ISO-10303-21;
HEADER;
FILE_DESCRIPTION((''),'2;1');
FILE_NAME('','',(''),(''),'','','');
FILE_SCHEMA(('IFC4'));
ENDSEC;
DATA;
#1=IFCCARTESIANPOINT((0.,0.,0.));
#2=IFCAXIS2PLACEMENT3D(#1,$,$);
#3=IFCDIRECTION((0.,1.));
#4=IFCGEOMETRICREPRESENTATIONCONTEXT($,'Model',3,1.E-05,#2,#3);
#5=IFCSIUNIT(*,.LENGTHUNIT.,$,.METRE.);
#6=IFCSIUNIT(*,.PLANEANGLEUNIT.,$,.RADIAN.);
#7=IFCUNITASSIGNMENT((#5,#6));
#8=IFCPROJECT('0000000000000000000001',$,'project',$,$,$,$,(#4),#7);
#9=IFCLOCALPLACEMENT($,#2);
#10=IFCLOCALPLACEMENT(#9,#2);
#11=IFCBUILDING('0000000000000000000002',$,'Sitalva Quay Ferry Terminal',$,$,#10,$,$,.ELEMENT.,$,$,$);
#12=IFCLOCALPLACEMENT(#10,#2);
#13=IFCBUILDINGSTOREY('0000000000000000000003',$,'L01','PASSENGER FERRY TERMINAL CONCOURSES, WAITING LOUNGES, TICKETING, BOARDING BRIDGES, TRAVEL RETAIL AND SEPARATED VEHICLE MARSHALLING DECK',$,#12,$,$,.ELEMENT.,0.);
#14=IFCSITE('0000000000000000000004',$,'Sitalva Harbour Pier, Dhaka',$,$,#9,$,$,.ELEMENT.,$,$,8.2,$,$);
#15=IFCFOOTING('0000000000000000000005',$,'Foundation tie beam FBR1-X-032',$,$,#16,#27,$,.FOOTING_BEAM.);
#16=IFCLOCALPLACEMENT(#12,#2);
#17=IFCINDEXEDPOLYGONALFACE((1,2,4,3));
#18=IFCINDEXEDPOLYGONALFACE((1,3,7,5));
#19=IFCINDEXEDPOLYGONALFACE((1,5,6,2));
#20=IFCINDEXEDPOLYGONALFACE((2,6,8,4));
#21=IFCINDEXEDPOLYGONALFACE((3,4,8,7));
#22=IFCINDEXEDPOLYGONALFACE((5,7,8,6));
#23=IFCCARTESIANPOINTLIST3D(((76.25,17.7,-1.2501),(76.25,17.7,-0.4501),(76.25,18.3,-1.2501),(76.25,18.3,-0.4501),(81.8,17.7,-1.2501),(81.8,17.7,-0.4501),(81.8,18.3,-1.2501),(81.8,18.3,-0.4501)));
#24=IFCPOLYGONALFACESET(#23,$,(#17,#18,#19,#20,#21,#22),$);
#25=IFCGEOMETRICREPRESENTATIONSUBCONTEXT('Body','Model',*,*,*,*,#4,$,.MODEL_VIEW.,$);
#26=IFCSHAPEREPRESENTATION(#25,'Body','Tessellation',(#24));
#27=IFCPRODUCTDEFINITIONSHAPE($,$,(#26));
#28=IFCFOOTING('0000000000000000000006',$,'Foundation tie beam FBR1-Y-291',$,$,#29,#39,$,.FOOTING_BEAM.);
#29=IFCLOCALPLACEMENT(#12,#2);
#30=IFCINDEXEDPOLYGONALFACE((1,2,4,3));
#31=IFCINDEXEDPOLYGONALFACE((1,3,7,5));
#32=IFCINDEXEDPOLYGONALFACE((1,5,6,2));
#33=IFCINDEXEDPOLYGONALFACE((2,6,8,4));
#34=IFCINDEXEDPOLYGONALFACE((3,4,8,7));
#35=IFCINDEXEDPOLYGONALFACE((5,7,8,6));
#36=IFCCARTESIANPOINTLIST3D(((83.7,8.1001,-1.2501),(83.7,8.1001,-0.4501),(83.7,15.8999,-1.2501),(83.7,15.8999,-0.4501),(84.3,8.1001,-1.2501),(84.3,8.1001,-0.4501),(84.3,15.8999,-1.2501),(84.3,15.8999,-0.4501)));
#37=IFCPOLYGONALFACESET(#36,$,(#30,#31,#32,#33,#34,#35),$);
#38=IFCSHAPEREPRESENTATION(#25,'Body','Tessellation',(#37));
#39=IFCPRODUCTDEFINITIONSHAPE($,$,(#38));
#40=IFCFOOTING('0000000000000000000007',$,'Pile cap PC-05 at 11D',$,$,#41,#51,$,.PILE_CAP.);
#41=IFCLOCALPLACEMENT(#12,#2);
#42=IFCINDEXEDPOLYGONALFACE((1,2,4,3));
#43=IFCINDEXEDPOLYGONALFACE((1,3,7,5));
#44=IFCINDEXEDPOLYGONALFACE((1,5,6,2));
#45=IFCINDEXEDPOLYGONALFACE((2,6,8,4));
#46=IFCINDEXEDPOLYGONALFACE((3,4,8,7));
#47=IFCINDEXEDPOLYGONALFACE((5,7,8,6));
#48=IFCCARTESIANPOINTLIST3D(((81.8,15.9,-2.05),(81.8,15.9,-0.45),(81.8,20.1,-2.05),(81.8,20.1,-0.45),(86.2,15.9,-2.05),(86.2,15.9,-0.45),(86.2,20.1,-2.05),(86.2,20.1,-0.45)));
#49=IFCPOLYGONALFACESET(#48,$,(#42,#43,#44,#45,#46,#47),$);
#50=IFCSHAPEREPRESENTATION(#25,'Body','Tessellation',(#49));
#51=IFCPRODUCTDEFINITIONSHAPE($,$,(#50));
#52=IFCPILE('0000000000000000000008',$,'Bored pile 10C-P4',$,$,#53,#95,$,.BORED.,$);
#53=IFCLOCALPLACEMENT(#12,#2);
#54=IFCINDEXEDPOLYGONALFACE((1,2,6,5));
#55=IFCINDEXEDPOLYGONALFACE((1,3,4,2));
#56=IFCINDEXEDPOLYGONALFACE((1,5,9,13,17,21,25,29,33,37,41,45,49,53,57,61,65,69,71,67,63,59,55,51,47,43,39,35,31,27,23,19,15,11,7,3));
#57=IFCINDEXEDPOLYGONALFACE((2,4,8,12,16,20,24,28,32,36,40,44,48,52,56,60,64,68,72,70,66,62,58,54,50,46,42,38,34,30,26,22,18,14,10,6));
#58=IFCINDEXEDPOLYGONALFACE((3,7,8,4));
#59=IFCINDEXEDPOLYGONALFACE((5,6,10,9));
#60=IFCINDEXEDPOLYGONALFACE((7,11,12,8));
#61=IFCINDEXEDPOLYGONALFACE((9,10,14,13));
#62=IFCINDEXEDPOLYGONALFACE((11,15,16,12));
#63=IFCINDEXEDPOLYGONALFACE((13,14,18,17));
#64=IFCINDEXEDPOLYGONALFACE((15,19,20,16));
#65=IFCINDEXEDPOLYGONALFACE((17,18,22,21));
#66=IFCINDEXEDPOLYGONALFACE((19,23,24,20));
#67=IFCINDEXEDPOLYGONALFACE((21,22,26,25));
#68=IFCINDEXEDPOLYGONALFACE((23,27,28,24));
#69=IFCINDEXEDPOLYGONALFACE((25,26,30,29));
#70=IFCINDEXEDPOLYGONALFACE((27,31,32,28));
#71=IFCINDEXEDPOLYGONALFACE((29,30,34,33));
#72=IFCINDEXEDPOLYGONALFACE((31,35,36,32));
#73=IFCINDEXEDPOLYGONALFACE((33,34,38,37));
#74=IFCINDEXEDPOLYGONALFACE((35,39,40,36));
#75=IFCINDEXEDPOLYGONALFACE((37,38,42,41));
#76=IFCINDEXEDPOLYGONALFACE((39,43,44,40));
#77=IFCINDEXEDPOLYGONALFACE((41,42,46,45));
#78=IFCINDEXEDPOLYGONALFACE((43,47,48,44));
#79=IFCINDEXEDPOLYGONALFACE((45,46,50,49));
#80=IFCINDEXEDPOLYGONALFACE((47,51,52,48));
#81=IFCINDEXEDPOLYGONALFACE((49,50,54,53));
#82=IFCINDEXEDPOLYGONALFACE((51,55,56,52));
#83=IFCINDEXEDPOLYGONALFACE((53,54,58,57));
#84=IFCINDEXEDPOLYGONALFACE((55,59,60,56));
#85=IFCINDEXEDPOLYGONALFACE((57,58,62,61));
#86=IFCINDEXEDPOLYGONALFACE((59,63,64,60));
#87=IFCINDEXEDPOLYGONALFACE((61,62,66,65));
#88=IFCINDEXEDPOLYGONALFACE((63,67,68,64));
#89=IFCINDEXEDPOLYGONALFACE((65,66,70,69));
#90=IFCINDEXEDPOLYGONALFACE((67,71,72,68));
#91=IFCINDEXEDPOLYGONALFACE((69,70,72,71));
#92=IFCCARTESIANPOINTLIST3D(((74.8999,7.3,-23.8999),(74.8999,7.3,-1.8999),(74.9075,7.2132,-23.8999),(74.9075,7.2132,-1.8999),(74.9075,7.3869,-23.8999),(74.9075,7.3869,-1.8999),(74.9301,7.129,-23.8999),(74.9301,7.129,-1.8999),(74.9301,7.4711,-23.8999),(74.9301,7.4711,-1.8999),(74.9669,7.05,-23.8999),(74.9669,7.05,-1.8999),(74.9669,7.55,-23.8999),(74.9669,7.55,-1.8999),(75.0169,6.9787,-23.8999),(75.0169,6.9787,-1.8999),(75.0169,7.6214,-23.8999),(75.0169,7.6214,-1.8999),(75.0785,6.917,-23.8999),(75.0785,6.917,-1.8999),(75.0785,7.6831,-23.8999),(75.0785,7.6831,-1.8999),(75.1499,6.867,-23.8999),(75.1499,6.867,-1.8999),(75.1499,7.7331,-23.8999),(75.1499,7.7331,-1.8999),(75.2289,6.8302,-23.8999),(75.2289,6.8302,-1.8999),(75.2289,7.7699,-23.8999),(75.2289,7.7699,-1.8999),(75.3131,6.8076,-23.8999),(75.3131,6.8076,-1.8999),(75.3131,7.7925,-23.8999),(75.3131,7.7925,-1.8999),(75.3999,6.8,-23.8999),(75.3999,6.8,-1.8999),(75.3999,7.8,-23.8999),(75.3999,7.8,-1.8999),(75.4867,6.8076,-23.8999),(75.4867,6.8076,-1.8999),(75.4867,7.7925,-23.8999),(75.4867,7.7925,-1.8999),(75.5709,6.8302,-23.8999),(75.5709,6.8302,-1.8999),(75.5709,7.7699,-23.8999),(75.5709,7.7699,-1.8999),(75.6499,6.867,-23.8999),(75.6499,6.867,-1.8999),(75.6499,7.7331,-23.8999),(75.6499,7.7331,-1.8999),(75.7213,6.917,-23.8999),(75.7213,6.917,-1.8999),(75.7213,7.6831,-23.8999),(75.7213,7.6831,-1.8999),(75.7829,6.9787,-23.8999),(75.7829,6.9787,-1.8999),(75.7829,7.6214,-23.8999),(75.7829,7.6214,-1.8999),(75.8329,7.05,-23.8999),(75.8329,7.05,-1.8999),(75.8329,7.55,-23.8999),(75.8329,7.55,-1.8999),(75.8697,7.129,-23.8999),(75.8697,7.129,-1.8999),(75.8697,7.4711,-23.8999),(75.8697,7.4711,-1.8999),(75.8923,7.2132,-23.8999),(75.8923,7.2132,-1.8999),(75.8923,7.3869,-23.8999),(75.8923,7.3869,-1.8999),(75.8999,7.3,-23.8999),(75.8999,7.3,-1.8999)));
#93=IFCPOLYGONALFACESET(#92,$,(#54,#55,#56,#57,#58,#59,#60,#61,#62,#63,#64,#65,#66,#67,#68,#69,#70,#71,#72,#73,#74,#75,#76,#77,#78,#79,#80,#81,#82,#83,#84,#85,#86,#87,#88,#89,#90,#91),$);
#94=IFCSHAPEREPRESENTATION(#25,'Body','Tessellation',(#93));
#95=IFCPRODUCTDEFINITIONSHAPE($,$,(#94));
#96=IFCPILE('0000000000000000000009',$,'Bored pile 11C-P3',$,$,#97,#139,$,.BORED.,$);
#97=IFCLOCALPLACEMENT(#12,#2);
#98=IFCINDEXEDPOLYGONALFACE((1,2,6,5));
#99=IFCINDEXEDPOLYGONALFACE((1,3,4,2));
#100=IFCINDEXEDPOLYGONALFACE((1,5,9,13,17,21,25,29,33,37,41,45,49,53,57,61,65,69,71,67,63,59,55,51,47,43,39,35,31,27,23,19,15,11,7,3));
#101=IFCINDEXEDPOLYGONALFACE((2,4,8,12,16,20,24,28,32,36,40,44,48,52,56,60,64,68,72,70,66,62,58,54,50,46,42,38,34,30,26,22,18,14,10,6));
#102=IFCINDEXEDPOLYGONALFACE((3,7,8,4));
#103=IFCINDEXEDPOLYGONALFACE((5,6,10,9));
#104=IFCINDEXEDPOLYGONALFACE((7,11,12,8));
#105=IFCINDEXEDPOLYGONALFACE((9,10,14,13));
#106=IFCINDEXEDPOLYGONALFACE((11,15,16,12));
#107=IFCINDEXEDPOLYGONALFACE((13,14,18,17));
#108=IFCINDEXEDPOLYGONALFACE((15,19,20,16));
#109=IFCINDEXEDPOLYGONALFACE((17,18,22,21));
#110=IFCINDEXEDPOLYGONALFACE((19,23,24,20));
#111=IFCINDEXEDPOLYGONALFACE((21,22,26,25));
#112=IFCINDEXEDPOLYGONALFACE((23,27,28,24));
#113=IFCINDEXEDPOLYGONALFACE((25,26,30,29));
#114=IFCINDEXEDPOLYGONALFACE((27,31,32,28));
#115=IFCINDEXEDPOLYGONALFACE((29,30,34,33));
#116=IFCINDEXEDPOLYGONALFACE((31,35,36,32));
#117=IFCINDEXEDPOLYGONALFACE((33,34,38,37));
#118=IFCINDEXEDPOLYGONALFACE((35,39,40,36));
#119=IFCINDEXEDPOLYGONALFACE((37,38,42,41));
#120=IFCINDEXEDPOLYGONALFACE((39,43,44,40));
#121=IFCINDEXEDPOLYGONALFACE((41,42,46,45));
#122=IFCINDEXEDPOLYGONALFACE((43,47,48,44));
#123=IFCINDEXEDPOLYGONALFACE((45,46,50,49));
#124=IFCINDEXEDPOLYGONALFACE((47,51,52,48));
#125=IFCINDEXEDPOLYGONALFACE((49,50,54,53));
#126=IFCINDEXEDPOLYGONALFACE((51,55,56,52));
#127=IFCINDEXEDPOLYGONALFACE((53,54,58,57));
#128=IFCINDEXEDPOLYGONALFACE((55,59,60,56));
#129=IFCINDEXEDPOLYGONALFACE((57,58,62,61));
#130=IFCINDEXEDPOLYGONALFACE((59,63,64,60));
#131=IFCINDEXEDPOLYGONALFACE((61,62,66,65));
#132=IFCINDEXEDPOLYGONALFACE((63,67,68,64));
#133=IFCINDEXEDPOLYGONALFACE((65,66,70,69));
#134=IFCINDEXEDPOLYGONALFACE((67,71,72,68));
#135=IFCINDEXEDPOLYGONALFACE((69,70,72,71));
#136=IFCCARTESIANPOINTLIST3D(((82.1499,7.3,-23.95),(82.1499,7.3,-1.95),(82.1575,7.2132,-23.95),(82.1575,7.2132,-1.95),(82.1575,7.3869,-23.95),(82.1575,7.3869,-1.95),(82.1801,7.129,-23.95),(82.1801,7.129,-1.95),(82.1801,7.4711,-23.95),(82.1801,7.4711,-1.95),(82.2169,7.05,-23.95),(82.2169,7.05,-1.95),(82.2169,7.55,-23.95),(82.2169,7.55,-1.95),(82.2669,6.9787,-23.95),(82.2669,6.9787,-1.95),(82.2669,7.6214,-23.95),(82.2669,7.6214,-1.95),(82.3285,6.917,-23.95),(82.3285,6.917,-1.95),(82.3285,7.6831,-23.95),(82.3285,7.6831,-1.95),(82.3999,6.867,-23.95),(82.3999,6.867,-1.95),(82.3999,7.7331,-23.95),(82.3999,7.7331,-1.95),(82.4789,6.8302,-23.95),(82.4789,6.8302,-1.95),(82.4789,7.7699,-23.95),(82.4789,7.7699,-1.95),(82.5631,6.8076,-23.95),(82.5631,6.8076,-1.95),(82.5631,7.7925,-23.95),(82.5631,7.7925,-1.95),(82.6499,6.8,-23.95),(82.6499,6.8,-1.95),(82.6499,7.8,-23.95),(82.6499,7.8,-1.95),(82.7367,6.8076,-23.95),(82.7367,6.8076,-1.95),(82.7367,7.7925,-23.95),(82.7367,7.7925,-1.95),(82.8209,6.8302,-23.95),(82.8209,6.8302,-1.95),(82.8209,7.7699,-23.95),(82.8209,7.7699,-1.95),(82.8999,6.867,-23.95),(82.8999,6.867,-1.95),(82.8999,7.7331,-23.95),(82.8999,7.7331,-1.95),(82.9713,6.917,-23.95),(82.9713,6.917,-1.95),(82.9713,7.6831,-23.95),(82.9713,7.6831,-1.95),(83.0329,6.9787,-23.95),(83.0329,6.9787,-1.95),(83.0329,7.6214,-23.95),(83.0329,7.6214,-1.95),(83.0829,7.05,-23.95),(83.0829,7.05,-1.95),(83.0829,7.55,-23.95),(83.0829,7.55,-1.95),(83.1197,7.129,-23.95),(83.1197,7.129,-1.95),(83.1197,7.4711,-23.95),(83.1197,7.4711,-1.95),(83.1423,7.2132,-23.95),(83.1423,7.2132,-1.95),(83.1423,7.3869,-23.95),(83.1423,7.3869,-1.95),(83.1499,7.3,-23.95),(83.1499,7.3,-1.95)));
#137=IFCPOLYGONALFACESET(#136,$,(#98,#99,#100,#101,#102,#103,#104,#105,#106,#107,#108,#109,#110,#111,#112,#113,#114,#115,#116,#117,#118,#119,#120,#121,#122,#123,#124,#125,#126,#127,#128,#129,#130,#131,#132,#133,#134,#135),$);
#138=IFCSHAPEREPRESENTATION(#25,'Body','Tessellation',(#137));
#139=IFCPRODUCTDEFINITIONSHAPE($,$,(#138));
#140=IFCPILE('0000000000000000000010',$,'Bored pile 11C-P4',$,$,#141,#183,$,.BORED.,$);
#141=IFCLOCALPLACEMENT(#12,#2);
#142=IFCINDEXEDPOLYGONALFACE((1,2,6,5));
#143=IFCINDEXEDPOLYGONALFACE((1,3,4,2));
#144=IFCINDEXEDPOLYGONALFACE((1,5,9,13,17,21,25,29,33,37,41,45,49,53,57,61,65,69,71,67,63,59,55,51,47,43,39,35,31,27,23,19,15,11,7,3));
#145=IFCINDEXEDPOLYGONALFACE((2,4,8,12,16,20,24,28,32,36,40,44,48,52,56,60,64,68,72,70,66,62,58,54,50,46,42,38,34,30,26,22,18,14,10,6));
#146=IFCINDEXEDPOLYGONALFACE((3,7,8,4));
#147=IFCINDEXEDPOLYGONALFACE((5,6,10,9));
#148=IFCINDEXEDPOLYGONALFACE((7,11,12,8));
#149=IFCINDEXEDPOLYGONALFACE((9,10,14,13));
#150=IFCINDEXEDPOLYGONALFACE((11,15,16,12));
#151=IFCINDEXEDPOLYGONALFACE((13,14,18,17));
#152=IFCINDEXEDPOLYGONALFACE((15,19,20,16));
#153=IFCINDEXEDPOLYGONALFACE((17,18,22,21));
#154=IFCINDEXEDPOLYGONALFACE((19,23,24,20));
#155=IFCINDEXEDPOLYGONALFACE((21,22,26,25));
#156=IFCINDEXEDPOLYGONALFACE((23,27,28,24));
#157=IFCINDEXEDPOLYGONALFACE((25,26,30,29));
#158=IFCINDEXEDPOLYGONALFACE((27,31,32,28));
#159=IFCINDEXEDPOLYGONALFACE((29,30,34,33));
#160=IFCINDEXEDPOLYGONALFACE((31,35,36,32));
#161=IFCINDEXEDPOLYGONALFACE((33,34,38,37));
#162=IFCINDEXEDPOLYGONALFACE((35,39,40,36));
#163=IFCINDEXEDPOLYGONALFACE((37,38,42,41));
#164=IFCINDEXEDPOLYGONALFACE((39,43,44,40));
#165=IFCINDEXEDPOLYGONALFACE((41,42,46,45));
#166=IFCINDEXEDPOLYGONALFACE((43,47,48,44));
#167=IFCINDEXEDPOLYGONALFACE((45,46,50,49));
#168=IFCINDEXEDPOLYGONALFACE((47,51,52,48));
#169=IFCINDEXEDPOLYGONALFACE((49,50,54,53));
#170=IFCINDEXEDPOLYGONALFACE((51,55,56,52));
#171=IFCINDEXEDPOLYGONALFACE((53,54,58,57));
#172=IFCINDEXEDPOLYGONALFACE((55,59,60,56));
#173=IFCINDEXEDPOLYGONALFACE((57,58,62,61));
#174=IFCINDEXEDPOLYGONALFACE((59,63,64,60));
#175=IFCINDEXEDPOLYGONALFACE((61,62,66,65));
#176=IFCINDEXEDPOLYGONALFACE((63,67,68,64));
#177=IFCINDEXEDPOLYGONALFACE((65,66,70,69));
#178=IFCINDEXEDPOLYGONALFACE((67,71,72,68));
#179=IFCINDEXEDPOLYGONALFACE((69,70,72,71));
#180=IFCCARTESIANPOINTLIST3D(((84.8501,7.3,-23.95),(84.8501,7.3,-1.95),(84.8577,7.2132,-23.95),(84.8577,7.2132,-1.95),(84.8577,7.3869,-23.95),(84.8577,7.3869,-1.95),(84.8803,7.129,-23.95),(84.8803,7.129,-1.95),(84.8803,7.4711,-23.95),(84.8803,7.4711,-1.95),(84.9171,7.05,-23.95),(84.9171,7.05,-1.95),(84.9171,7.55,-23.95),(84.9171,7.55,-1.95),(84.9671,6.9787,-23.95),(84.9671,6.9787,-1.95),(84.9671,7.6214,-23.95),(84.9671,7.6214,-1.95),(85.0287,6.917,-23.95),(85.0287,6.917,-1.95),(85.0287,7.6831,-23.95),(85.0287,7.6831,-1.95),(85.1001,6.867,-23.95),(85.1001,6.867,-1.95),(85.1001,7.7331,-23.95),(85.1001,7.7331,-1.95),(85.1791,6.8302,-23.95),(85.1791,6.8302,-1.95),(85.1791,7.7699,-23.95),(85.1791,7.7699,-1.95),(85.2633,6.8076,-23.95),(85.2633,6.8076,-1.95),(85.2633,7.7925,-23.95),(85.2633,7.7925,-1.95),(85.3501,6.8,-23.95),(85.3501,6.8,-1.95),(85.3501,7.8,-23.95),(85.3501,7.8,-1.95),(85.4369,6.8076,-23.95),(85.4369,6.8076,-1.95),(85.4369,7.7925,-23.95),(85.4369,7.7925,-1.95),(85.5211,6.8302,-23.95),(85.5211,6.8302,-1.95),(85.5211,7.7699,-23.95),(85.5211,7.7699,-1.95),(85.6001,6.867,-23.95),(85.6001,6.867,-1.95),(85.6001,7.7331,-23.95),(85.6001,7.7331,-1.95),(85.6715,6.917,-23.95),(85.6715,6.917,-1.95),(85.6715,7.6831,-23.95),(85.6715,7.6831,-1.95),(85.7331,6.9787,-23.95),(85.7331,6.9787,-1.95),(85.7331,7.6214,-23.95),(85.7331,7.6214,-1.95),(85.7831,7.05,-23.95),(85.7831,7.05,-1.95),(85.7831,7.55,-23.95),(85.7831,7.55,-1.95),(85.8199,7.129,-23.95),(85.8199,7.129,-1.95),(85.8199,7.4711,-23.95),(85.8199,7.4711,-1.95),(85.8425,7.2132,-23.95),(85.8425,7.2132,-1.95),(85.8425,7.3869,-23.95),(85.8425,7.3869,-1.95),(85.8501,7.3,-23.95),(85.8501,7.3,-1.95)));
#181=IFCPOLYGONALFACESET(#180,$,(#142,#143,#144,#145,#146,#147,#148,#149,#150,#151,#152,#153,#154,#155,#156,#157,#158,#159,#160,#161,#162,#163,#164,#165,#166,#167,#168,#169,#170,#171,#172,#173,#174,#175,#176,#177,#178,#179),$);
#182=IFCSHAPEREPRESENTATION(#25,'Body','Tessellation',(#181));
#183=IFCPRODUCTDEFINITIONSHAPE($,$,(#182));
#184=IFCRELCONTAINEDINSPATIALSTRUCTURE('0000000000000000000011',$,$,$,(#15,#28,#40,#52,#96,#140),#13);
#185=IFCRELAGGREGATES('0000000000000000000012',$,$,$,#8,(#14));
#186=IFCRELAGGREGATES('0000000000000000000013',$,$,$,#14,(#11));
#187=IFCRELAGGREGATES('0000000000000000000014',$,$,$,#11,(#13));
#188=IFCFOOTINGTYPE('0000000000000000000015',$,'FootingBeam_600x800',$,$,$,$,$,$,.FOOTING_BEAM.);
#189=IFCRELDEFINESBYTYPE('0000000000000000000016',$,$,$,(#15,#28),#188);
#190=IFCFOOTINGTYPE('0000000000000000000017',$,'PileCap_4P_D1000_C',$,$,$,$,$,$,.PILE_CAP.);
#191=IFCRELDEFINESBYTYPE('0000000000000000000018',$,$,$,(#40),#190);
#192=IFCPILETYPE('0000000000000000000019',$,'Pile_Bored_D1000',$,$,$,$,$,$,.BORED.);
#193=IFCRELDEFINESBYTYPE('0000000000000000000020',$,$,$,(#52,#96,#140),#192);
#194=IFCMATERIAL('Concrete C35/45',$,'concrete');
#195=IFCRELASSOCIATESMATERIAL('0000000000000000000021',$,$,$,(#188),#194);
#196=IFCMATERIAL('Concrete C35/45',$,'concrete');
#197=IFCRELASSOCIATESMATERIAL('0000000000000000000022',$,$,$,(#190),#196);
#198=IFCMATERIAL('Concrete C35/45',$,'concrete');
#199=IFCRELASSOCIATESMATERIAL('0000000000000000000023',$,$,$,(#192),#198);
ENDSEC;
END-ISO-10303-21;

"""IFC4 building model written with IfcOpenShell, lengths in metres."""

from ifc_helpers import new_model, si_unit, direction, frame, origin, origin_2d, place, context, subcontext, project, spatial, rectangle, circle, extrude, material, material_profile, profile_set, type_object, element, save


model = new_model("IFC4")

# Units and contexts
model_context = context("Model", 3, precision=1e-05, world=origin(), true_north=direction((0.0, 1.0)))
body_context = subcontext(model_context, "Body", "Model", "MODEL_VIEW")
ifc_project = project(units=[si_unit("LENGTHUNIT", "METRE"), si_unit("PLANEANGLEUNIT", "RADIAN")], contexts=[model_context])

# Site, building, storey
site_placement = place(None, origin())
site = spatial("IfcSite", under=ifc_project, at=site_placement, Name="Sitalva Harbour Pier, Dhaka", CompositionType="ELEMENT", RefElevation=8.2)
building_placement = place(site_placement, origin())
building = spatial("IfcBuilding", under=site, at=building_placement, Name="Sitalva Quay Ferry Terminal", CompositionType="ELEMENT")
storey_placement = place(building_placement, origin())
storey = spatial("IfcBuildingStorey", under=building, at=storey_placement, Name="L01", Description="PASSENGER FERRY TERMINAL CONCOURSES, WAITING LOUNGES, TICKETING, BOARDING BRIDGES, TRAVEL RETAIL AND SEPARATED VEHICLE MARSHALLING DECK", CompositionType="ELEMENT", Elevation=0.0)

# Footings
ifc_material_1 = material(Name="Concrete C35/45", Category="concrete")
ifc_material_profile_1 = material_profile(ifc_material_1, rectangle(XDim=0.6001, YDim=0.8, at=origin_2d()), Name="RC600x800")
ifc_profile_set_1 = profile_set([ifc_material_profile_1], Name="Concrete C35/45")
footing_type_1 = type_object("IfcFootingType", Name="FootingBeam_600x800", PredefinedType="FOOTING_BEAM", material=ifc_profile_set_1)
footing_1_placement = place(storey_placement, frame((76.25, 18.0, -0.8501), z_axis=(1.0, 0.0, 0.0), x_axis=(0.0, 1.0, 0.0)))
element("IfcFooting", 1, at=footing_1_placement, inside=storey, type_object=footing_type_1, Name="Foundation tie beam FBR1-X-032", PredefinedType="FOOTING_BEAM", context=body_context, shape_type="SweptSolid", body=[
    extrude(rectangle(XDim=0.6001, YDim=0.8, at=origin_2d()), origin(), (0.0, 0.0, 1.0), 5.55),
])
footing_2_placement = place(storey_placement, frame((84.0, 8.1001, -0.8501), z_axis=(0.0, 1.0, 0.0), x_axis=(-1.0, 0.0, 0.0)))
element("IfcFooting", 2, at=footing_2_placement, inside=storey, type_object=footing_type_1, Name="Foundation tie beam FBR1-Y-291", PredefinedType="FOOTING_BEAM", context=body_context, shape_type="SweptSolid", body=[
    extrude(rectangle(XDim=0.6001, YDim=0.8, at=origin_2d()), origin(), (0.0, 0.0, 1.0), 7.7998),
])
ifc_material_2 = material(Name="Concrete C35/45", Category="concrete")
footing_type_2 = type_object("IfcFootingType", Name="PileCap_4P_D1000_C", PredefinedType="PILE_CAP", material=ifc_material_2)
footing_3_placement = place(storey_placement, frame((84.0, 18.0, -2.05), z_axis=(0.0, 0.0, 1.0), x_axis=(1.0, 0.0, 0.0)))
element("IfcFooting", 3, at=footing_3_placement, inside=storey, type_object=footing_type_2, Name="Pile cap PC-05 at 11D", PredefinedType="PILE_CAP", context=body_context, shape_type="SweptSolid", body=[
    extrude(rectangle(XDim=4.3999, YDim=4.2, at=origin_2d()), origin(), (0.0, 0.0, 1.0), 1.6001),
])

# Piles
ifc_material_3 = material(Name="Concrete C35/45", Category="concrete")
ifc_material_profile_2 = material_profile(ifc_material_3, circle(Radius=0.5, at=origin_2d()), Name="PILE-D1000")
ifc_profile_set_2 = profile_set([ifc_material_profile_2], Name="Concrete C35/45")
pile_type = type_object("IfcPileType", Name="Pile_Bored_D1000", PredefinedType="BORED", material=ifc_profile_set_2)
for number, where, z_axis, x_axis, name in (
    (4, (75.3999, 7.3, -1.8999), (0.0, 0.0, -1.0), (1.0, 0.0, 0.0), "Bored pile 10C-P4"),
    (5, (82.6499, 7.3, -1.95), (0.0, 0.0, -1.0), (1.0, 0.0, 0.0), "Bored pile 11C-P3"),
    (6, (85.3501, 7.3, -1.95), (0.0, 0.0, -1.0), (1.0, 0.0, 0.0), "Bored pile 11C-P4"),
):
    element("IfcPile", number, at=place(storey_placement, frame(where, z_axis=z_axis, x_axis=x_axis)), inside=storey, type_object=pile_type, Name=name, PredefinedType="BORED", context=body_context, shape_type="SweptSolid", body=[
        extrude(circle(Radius=0.5, at=origin_2d()), origin(), (0.0, 0.0, 1.0), 22.0),
    ])

save(model, "model.ifc")
